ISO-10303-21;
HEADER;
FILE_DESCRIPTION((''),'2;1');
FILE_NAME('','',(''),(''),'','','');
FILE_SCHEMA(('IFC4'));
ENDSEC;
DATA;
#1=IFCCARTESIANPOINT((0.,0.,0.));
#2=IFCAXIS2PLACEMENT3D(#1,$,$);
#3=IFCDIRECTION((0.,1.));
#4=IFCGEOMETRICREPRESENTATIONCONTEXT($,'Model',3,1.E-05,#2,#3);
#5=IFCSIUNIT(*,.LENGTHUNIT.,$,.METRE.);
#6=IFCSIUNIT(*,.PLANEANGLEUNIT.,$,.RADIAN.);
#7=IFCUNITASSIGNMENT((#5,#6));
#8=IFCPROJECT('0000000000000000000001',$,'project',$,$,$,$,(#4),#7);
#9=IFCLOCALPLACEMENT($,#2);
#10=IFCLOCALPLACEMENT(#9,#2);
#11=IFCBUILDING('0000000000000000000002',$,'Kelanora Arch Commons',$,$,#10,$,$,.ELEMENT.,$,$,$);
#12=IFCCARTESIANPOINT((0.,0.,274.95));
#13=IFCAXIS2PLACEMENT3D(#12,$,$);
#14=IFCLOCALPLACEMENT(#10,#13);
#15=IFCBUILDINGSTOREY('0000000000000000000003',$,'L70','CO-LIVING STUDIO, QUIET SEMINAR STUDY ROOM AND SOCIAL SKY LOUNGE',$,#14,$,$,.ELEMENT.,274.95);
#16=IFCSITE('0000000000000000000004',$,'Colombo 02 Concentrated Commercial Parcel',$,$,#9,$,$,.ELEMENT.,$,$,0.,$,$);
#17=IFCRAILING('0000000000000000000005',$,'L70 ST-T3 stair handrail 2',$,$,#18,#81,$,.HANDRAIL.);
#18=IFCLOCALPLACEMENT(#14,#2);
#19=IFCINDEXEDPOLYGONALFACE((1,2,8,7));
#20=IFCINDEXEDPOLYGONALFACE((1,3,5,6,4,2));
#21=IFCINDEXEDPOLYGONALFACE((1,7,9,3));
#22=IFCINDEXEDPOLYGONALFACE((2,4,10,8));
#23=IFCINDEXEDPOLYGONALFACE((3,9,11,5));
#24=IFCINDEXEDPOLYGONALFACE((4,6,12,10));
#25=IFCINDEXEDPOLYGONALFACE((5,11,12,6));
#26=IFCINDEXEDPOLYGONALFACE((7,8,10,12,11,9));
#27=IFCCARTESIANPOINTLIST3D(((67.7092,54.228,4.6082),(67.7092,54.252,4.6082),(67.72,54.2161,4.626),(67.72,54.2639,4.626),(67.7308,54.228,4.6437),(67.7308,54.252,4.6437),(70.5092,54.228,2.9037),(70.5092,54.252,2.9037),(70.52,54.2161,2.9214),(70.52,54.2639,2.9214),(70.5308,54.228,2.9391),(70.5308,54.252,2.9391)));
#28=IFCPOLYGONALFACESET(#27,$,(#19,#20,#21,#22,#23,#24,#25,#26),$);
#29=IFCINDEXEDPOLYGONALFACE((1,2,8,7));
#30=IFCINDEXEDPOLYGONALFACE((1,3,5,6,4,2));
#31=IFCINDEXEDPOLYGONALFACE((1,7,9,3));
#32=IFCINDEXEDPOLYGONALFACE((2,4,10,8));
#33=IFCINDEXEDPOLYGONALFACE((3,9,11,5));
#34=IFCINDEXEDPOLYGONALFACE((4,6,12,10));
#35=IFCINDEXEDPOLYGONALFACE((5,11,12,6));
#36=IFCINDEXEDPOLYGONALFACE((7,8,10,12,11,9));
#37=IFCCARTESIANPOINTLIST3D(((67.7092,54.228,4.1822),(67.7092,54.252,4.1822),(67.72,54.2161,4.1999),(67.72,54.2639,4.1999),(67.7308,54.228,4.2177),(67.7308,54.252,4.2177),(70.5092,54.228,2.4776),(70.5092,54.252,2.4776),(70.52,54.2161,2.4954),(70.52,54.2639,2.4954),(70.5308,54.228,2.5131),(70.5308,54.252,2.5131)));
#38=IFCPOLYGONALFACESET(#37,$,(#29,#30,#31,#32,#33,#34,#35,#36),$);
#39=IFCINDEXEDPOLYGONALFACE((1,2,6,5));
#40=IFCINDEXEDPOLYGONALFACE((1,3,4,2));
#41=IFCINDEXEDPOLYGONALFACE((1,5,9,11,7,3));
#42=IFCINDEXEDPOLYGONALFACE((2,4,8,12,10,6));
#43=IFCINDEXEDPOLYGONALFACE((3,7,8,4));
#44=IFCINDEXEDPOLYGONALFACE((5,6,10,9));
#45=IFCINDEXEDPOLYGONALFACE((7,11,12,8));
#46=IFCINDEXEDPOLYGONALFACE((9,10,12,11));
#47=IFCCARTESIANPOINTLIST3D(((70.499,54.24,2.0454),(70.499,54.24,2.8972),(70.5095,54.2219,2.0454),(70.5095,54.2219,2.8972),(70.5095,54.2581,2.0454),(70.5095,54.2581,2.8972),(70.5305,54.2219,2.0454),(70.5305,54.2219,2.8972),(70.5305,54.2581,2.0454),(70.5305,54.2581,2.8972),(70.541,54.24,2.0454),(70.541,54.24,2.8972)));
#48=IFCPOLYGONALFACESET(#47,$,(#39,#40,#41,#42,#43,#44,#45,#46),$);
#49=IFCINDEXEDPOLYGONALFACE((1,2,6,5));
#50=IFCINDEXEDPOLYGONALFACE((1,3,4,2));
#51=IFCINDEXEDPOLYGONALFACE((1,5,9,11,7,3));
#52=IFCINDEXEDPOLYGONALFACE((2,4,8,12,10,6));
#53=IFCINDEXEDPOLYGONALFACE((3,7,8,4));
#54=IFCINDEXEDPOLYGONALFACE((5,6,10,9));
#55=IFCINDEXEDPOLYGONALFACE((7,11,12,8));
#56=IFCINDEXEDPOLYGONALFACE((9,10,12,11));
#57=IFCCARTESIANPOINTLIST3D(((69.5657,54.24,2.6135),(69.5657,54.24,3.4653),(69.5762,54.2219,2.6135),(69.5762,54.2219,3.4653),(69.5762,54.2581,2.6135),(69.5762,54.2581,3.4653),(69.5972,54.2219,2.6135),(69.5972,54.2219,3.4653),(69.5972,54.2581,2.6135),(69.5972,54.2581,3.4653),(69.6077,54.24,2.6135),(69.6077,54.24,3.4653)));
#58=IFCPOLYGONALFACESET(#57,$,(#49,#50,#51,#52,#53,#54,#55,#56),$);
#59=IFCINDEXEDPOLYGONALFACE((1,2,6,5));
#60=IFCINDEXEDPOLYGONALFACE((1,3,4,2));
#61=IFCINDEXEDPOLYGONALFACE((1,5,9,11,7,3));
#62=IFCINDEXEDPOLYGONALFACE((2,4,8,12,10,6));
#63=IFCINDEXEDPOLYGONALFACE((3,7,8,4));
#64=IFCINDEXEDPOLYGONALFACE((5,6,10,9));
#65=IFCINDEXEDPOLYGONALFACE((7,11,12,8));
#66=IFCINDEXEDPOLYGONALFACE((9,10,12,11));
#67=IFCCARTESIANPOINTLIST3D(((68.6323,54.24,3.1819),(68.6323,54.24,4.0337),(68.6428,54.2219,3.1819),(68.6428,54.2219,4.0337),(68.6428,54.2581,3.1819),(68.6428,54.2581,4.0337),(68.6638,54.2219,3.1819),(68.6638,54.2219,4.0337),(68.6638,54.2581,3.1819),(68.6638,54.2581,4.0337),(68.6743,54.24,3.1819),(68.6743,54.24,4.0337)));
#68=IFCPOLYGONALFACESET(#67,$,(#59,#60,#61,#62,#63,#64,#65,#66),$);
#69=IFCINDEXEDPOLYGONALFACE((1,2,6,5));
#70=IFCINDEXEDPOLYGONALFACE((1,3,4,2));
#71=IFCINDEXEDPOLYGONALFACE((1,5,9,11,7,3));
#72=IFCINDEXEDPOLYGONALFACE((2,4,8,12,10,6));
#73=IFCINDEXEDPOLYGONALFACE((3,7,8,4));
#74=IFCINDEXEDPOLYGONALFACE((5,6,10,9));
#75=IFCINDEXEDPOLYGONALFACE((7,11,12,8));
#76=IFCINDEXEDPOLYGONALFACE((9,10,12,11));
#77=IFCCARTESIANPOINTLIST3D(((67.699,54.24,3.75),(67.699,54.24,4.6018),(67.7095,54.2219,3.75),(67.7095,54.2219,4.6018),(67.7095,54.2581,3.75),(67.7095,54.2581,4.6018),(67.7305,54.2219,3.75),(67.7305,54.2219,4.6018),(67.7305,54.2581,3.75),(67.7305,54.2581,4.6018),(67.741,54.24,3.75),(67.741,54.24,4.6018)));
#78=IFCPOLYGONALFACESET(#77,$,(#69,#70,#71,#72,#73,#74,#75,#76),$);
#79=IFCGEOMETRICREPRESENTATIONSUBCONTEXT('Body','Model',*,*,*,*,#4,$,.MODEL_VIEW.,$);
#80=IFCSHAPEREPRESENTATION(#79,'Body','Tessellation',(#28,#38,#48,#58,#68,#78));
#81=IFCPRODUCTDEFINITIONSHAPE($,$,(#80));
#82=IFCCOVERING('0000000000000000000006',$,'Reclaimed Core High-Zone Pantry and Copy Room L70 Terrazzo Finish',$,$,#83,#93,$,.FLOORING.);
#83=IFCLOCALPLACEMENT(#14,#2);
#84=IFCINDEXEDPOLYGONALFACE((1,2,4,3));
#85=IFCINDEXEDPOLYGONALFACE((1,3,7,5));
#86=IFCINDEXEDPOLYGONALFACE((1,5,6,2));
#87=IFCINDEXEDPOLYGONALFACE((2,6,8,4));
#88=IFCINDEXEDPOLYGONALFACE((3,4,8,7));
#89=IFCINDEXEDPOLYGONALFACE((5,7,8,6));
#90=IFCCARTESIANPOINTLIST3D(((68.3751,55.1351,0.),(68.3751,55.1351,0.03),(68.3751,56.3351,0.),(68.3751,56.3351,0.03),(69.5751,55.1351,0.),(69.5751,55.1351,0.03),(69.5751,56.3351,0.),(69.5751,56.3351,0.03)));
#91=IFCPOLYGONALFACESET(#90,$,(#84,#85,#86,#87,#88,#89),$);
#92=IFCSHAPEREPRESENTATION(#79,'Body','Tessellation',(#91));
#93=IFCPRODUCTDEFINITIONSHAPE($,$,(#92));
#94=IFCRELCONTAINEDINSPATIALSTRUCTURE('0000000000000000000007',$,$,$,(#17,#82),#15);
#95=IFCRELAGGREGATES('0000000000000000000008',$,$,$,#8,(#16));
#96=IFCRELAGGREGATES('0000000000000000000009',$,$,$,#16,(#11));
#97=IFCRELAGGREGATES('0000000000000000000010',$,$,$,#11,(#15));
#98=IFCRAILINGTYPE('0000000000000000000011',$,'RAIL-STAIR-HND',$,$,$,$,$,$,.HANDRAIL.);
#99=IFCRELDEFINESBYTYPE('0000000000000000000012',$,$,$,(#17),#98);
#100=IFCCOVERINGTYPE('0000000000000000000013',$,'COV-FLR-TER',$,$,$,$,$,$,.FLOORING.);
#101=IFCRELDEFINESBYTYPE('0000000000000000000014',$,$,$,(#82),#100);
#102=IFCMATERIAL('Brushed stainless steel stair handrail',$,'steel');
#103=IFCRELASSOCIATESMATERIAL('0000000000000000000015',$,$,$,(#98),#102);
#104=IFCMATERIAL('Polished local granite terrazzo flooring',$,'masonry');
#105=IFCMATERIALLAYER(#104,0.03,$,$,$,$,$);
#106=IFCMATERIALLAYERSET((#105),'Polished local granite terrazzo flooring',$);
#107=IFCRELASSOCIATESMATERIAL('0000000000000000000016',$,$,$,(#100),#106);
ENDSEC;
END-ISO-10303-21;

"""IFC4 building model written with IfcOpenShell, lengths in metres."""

from ifc_helpers import new_model, si_unit, direction, frame, origin, origin_2d, place, context, subcontext, project, spatial, polyline, rectangle, outline, extrude, source, transform, mapped, material, layer, layer_set, type_object, element, save


model = new_model("IFC4")

# Units and contexts
model_context = context("Model", 3, precision=1e-05, world=origin(), true_north=direction((0.0, 1.0)))
body_context = subcontext(model_context, "Body", "Model", "MODEL_VIEW")
ifc_project = project(units=[si_unit("LENGTHUNIT", "METRE"), si_unit("PLANEANGLEUNIT", "RADIAN")], contexts=[model_context])

# Site, building, storey
site_placement = place(None, origin())
site = spatial("IfcSite", under=ifc_project, at=site_placement, Name="Colombo 02 Concentrated Commercial Parcel", CompositionType="ELEMENT", RefElevation=0.0)
building_placement = place(site_placement, origin())
building = spatial("IfcBuilding", under=site, at=building_placement, Name="Kelanora Arch Commons", CompositionType="ELEMENT")
storey_placement = place(building_placement, frame((0.0, 0.0, 274.95)))
storey = spatial("IfcBuildingStorey", under=building, at=storey_placement, Name="L70", Description="CO-LIVING STUDIO, QUIET SEMINAR STUDY ROOM AND SOCIAL SKY LOUNGE", CompositionType="ELEMENT", Elevation=274.95)

# Railing
ifc_material_1 = material(Name="Brushed stainless steel stair handrail", Category="steel")
railing_type_1 = type_object("IfcRailingType", Name="RAIL-STAIR-HND", PredefinedType="HANDRAIL", material=ifc_material_1)
railing_1_placement = place(storey_placement, frame((70.52, 54.24, 2.0454)))
element("IfcRailing", 1, at=railing_1_placement, inside=storey, type_object=railing_type_1, Name="L70 ST-T3 stair handrail 2", PredefinedType="HANDRAIL", context=body_context, shape_type="SweptSolid", body=[
    extrude(outline(polyline([(0.0239, 0.0), (0.012, 0.0208), (-0.012, 0.0208), (-0.0239, 0.0), (-0.012, -0.0208), (0.012, -0.0208), (0.0239, 0.0)])), frame((0.0, 0.0, 0.876), z_axis=(-0.85417, 0.0, 0.519994), x_axis=(0.0, -1.0, 0.0)), (0.0, 0.0, 1.0), 3.2781),
    extrude(outline(polyline([(0.0239, 0.0), (0.012, 0.0208), (-0.012, 0.0208), (-0.0239, 0.0), (-0.012, -0.0208), (0.012, -0.0208), (0.0239, 0.0)])), frame((0.0, 0.0, 0.45), z_axis=(-0.85417, 0.0, 0.519994), x_axis=(0.0, -1.0, 0.0)), (0.0, 0.0, 1.0), 3.2781),
    extrude(outline(polyline([(0.021, 0.0), (0.0105, 0.0181), (-0.0105, 0.0181), (-0.021, 0.0), (-0.0105, -0.0181), (0.0105, -0.0181), (0.021, 0.0)])), origin(), (0.0, 0.0, 1.0), 0.8518),
    extrude(outline(polyline([(0.021, 0.0), (0.0105, 0.0181), (-0.0105, 0.0181), (-0.021, 0.0), (-0.0105, -0.0181), (0.0105, -0.0181), (0.021, 0.0)])), frame((-0.9333, 0.0, 0.5681)), (0.0, 0.0, 1.0), 0.8518),
    extrude(outline(polyline([(0.021, 0.0), (0.0105, 0.0181), (-0.0105, 0.0181), (-0.021, 0.0), (-0.0105, -0.0181), (0.0105, -0.0181), (0.021, 0.0)])), frame((-1.8667, 0.0, 1.1365)), (0.0, 0.0, 1.0), 0.8518),
    extrude(outline(polyline([(0.021, 0.0), (0.0105, 0.0181), (-0.0105, 0.0181), (-0.021, 0.0), (-0.0105, -0.0181), (0.0105, -0.0181), (0.021, 0.0)])), frame((-2.8, 0.0, 1.7046)), (0.0, 0.0, 1.0), 0.8518),
])

# Covering
ifc_material_2 = material(Name="Polished local granite terrazzo flooring", Category="masonry")
ifc_layer_1 = layer(ifc_material_2, 0.03)
ifc_layer_set_1 = layer_set([ifc_layer_1], Name="Polished local granite terrazzo flooring")
covering_type = type_object("IfcCoveringType", Name="COV-FLR-TER", PredefinedType="FLOORING", material=ifc_layer_set_1)
shared_shape = source(origin(), body_context, "Body", "SweptSolid", [
    extrude(rectangle(XDim=1.2, YDim=1.2, at=origin_2d()), origin(), (0.0, 0.0, 1.0), 0.03),
])
covering_placement = place(storey_placement, frame((68.9751, 55.7351, 0.0), z_axis=(0.0, 0.0, 1.0), x_axis=(1.0, 0.0, 0.0)))
element("IfcCovering", 2, at=covering_placement, inside=storey, type_object=covering_type, Name="Reclaimed Core High-Zone Pantry and Copy Room L70 Terrazzo Finish", PredefinedType="FLOORING", context=body_context, shape_type="MappedRepresentation", body=[
    mapped(shared_shape, transform((0.0, 0.0, 0.0), scale=1.0)),
])

save(model, "model.ifc")
